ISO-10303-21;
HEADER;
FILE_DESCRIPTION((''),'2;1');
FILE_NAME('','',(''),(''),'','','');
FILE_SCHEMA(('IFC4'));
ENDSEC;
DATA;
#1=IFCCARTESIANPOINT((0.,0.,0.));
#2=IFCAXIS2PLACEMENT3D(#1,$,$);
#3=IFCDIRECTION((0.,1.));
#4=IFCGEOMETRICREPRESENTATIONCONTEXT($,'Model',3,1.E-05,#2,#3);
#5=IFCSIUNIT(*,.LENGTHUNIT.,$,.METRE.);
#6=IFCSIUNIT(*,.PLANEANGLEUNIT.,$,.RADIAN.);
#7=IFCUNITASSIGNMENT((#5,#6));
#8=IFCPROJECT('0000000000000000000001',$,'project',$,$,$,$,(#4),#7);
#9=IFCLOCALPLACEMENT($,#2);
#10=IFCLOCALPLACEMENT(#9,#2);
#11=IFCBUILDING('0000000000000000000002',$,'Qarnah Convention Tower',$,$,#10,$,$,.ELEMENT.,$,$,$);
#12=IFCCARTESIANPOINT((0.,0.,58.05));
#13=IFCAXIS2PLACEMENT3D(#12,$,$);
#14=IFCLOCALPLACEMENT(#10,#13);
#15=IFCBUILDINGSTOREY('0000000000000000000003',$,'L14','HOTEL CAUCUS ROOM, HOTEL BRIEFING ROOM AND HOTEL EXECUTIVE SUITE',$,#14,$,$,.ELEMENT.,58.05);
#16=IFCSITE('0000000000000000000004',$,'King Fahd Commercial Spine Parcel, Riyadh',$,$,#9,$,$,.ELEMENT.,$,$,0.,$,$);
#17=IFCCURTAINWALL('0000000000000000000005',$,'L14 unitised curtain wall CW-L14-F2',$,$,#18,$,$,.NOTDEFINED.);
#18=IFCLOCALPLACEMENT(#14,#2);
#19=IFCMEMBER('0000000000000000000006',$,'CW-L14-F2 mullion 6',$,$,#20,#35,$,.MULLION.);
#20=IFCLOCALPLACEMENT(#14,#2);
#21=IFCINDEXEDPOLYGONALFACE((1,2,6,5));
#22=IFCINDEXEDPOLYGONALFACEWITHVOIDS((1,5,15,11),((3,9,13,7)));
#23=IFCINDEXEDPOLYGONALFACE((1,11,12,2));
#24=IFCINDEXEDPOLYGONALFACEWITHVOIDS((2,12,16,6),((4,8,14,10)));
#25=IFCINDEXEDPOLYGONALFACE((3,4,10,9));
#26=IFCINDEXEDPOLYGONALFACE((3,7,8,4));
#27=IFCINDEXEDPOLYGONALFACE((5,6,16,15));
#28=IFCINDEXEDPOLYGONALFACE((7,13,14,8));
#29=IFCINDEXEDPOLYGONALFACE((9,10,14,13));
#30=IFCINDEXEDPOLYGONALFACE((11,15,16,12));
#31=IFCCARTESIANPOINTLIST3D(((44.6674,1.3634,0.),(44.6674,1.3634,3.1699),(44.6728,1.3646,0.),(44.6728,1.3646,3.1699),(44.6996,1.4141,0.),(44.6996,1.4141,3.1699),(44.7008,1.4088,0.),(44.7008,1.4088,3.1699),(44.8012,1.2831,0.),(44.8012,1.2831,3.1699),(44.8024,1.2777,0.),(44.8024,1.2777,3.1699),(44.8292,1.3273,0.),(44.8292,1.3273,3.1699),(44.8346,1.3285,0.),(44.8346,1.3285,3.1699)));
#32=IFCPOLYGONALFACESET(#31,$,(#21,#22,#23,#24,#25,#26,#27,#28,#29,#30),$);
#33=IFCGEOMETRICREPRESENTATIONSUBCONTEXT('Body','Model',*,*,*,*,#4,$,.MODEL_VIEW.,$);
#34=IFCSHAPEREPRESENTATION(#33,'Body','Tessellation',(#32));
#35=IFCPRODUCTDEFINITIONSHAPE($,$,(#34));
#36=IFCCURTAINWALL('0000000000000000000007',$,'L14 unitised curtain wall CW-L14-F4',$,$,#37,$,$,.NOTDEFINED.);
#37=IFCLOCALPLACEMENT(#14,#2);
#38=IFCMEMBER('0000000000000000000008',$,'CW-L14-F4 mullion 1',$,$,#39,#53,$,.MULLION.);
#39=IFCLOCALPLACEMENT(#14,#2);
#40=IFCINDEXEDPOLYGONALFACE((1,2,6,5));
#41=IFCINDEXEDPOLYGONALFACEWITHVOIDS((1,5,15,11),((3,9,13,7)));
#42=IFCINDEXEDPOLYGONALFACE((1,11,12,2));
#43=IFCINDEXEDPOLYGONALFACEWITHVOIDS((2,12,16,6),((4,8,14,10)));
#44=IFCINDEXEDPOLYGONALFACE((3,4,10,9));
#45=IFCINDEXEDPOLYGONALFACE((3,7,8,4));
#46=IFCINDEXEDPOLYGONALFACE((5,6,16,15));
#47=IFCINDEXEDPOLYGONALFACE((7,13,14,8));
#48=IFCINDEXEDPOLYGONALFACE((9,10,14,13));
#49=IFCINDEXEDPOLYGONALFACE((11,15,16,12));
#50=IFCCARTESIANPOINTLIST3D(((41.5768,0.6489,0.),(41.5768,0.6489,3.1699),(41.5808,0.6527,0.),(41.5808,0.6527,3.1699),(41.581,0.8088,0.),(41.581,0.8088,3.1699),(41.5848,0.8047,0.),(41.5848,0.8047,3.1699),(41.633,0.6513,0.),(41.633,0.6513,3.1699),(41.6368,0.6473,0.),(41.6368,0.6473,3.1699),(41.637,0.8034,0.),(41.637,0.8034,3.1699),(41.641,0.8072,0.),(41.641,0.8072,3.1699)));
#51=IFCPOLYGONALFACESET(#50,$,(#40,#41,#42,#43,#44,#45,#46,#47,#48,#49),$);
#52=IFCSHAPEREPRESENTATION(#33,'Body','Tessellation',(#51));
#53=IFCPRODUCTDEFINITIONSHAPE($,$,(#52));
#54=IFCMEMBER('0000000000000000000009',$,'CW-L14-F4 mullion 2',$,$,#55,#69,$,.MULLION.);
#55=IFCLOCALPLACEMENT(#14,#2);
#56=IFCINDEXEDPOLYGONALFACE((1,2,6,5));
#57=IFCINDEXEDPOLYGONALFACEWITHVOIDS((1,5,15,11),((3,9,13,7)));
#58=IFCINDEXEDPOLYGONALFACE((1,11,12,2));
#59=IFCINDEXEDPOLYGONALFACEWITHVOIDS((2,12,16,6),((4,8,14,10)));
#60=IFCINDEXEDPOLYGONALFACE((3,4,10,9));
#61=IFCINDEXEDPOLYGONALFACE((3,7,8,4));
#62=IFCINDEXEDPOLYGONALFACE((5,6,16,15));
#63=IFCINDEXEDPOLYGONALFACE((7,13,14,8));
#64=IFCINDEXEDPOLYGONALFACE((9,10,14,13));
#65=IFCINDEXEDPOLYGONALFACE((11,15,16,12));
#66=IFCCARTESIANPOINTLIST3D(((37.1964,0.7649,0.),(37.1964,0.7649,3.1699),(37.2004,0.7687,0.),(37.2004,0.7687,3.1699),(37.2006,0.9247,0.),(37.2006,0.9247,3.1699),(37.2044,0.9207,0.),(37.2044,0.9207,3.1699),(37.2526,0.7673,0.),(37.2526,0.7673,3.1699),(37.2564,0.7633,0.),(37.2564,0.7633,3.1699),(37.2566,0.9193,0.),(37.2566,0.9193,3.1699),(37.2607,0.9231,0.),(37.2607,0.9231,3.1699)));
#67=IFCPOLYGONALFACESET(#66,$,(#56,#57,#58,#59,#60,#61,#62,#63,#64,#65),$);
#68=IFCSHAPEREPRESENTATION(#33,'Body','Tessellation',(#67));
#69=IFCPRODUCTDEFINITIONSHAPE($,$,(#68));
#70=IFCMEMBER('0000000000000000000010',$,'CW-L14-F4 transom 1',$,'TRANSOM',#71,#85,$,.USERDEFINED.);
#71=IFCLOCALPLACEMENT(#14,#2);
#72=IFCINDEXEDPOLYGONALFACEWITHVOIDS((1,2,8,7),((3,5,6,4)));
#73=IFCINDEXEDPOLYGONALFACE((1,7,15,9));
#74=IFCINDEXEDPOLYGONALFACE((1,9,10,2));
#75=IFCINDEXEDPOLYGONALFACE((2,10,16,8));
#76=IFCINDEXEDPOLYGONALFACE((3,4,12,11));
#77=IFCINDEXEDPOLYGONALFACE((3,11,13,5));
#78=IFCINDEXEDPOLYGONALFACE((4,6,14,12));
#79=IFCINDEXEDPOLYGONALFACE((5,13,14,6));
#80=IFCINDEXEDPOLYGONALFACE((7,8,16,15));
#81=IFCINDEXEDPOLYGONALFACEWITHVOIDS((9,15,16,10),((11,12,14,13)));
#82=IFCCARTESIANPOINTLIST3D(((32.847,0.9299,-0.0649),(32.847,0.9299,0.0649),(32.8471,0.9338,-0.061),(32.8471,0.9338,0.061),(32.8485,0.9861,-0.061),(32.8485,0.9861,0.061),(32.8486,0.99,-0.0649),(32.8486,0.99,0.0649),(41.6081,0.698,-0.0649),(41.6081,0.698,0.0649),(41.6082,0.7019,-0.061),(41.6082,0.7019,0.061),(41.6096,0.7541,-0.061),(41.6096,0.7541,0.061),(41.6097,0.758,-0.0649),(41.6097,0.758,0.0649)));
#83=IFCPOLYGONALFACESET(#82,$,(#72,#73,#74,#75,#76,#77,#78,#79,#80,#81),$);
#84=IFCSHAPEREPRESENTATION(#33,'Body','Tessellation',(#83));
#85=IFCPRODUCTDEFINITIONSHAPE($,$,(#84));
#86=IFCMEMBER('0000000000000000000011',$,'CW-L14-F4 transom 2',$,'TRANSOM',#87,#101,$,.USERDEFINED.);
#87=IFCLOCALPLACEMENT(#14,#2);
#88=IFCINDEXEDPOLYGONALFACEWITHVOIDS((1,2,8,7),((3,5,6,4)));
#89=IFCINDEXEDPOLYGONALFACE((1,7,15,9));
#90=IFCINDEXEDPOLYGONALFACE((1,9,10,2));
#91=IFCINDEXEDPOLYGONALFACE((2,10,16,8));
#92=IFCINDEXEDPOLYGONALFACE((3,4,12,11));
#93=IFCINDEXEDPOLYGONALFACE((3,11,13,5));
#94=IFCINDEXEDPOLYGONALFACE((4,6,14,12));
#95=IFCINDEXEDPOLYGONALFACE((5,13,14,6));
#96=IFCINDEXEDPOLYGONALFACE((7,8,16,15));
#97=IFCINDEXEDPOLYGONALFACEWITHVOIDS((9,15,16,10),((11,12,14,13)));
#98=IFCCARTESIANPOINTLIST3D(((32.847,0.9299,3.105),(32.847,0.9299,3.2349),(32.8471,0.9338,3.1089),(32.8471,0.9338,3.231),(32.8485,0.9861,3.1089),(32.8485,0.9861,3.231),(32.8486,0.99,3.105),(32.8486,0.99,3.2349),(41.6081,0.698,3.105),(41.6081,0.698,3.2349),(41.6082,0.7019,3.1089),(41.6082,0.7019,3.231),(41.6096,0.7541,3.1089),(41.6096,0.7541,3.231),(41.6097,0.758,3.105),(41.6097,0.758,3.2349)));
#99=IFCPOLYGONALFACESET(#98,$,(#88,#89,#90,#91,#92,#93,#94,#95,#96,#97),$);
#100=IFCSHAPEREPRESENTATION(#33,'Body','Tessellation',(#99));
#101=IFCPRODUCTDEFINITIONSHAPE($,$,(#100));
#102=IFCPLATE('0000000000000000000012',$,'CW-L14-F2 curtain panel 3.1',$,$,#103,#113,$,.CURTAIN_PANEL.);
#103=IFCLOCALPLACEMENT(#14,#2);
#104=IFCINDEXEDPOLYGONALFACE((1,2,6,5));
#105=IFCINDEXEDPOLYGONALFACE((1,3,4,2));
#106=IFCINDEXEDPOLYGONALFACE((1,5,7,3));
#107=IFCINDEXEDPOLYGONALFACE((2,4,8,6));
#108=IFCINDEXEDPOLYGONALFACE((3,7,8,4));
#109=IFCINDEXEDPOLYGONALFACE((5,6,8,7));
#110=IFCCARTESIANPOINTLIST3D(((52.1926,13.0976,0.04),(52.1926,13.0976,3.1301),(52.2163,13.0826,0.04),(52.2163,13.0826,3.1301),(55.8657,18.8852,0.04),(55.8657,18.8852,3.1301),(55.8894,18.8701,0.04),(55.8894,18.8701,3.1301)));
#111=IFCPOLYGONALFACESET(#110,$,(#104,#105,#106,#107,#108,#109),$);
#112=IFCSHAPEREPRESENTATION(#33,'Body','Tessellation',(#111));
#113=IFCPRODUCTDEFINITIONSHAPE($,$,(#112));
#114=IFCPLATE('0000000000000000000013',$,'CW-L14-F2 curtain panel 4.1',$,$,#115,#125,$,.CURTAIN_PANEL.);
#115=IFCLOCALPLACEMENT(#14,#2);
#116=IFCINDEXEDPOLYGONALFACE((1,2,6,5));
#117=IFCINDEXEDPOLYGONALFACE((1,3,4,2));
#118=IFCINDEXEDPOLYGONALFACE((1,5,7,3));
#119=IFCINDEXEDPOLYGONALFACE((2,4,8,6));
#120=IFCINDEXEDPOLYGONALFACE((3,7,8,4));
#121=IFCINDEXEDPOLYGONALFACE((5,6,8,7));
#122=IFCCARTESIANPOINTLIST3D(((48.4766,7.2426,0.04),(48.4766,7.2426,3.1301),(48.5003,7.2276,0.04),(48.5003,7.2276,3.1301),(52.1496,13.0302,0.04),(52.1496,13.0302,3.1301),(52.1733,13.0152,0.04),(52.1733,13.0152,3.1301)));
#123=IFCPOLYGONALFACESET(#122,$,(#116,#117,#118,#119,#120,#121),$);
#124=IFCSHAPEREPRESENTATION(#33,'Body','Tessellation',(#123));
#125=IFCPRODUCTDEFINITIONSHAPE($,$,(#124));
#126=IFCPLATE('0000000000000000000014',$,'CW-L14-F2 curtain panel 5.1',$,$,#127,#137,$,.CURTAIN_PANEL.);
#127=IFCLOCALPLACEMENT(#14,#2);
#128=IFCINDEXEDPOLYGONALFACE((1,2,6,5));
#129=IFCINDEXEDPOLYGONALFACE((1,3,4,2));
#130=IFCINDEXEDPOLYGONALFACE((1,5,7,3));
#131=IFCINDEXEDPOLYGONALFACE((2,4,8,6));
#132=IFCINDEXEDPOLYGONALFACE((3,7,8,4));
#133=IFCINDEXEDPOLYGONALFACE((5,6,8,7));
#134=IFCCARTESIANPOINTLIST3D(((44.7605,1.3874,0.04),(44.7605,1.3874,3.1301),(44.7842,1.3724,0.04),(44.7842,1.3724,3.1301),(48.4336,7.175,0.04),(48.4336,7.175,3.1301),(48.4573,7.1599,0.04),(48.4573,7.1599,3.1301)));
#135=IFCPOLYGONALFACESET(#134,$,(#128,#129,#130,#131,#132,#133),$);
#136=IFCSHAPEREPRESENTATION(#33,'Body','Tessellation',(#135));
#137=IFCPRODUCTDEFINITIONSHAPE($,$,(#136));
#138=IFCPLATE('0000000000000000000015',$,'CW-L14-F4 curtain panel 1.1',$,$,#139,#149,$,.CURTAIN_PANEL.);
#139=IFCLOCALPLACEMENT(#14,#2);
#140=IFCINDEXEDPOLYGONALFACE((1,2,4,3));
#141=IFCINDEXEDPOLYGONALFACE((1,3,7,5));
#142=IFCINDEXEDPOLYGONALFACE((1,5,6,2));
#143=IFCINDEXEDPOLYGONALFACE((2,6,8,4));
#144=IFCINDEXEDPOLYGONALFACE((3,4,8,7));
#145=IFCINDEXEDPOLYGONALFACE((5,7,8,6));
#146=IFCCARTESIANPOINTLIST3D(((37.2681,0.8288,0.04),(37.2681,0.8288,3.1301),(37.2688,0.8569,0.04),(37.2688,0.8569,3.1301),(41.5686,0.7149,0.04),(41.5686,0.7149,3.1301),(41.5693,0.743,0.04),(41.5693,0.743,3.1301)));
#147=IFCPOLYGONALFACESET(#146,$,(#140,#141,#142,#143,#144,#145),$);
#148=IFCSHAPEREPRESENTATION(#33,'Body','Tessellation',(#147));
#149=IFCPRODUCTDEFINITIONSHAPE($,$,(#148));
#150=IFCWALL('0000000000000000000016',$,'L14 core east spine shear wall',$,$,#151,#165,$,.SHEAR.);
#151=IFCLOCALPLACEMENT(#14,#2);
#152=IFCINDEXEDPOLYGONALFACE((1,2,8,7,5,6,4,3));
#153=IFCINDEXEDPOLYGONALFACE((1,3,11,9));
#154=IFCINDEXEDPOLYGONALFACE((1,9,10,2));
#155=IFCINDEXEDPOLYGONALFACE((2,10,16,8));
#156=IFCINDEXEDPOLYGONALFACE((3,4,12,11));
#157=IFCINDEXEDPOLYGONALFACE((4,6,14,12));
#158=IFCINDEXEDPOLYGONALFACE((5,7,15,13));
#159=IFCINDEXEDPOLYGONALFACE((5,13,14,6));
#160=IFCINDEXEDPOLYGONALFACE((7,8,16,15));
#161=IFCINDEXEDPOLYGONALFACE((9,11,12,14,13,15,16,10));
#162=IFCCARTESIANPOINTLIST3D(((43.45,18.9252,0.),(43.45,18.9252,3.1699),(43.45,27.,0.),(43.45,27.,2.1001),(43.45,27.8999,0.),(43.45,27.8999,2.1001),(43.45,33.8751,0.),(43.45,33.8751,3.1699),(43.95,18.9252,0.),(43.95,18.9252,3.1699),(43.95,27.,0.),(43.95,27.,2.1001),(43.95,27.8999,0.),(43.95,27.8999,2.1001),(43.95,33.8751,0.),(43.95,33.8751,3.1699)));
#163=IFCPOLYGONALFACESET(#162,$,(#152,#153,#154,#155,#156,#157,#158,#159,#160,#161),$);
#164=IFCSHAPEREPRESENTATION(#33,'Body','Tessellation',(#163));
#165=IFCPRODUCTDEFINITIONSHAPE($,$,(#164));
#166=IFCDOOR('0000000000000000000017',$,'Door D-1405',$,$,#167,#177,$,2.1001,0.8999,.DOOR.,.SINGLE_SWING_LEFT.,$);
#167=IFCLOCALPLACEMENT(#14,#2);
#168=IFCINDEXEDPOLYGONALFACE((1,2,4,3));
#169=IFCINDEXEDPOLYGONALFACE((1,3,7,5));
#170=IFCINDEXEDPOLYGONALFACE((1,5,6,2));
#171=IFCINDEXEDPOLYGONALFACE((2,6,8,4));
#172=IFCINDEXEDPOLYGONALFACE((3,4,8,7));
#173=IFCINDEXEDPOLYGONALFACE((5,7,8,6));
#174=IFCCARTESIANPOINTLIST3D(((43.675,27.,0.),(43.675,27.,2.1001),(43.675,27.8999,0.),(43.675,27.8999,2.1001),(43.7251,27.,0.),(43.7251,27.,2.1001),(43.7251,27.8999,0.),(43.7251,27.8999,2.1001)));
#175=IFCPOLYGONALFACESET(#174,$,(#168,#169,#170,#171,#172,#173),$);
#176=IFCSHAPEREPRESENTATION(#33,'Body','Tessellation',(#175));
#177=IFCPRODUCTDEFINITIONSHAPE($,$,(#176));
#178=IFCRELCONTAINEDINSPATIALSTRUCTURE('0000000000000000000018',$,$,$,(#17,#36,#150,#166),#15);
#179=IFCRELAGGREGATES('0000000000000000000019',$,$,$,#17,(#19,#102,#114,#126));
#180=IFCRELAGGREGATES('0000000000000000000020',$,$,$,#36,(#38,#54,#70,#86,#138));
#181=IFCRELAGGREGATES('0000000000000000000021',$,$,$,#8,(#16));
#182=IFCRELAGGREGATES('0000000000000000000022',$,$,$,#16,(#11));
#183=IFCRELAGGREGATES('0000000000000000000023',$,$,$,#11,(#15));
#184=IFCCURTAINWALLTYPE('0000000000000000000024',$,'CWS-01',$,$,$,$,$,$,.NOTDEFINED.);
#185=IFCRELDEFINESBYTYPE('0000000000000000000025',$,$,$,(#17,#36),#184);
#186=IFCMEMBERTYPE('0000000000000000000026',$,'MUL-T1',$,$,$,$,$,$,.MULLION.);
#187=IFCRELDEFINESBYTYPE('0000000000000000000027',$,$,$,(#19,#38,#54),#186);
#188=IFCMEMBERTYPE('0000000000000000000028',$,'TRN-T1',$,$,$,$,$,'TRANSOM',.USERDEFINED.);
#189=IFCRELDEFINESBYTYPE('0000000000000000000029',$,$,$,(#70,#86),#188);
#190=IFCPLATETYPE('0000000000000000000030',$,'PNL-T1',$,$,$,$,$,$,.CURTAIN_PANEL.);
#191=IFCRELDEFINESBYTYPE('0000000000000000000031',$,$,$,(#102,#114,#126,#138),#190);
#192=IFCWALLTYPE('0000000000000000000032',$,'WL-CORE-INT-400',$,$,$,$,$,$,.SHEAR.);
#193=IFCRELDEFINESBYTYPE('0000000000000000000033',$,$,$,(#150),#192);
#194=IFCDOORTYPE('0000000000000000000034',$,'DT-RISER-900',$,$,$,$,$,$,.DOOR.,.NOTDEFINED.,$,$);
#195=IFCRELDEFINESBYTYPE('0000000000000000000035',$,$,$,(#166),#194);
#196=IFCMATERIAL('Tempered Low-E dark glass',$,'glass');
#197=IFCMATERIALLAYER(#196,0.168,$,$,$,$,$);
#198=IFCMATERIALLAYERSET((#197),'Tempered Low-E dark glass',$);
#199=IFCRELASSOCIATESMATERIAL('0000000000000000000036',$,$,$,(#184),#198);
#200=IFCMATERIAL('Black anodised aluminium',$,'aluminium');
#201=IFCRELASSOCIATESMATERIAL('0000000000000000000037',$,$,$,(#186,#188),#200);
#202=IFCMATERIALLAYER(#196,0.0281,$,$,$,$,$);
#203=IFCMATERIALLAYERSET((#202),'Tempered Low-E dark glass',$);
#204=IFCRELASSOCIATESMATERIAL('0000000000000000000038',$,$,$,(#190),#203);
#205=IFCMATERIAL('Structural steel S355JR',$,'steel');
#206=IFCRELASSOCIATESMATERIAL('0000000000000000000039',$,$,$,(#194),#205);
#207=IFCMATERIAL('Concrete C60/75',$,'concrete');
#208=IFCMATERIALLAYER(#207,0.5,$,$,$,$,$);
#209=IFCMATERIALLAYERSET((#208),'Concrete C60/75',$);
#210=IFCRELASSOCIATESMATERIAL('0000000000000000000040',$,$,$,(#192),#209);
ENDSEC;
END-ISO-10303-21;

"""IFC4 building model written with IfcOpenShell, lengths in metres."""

from ifc_helpers import new_model, si_unit, direction, frame, frame_2d, origin, origin_2d, place, context, subcontext, project, spatial, rectangle, hollow_rectangle, extrude, material, layer, layer_set, material_profile, profile_set, type_object, element, fill, aggregate, save


model = new_model("IFC4")

# Units and contexts
model_context = context("Model", 3, precision=1e-05, world=origin(), true_north=direction((0.0, 1.0)))
body_context = subcontext(model_context, "Body", "Model", "MODEL_VIEW")
ifc_project = project(units=[si_unit("LENGTHUNIT", "METRE"), si_unit("PLANEANGLEUNIT", "RADIAN")], contexts=[model_context])

# Site, building, storey
site_placement = place(None, origin())
site = spatial("IfcSite", under=ifc_project, at=site_placement, Name="King Fahd Commercial Spine Parcel, Riyadh", CompositionType="ELEMENT", RefElevation=0.0)
building_placement = place(site_placement, origin())
building = spatial("IfcBuilding", under=site, at=building_placement, Name="Qarnah Convention Tower", CompositionType="ELEMENT")
storey_placement = place(building_placement, frame((0.0, 0.0, 58.05)))
storey = spatial("IfcBuildingStorey", under=building, at=storey_placement, Name="L14", Description="HOTEL CAUCUS ROOM, HOTEL BRIEFING ROOM AND HOTEL EXECUTIVE SUITE", CompositionType="ELEMENT", Elevation=58.05)

# Shared definitions
ifc_material_1 = material(Name="Concrete C60/75", Category="concrete")
ifc_material_2 = material(Name="Structural steel S355JR", Category="steel")

# Curtain walls, members
ifc_material_3 = material(Name="Tempered Low-E dark glass", Category="glass")
ifc_layer_1 = layer(ifc_material_3, 0.168)
ifc_layer_set_1 = layer_set([ifc_layer_1], Name="Tempered Low-E dark glass")
curtain_wall_type = type_object("IfcCurtainWallType", Name="CWS-01", PredefinedType="NOTDEFINED", material=ifc_layer_set_1)
curtain_wall_1_placement = place(storey_placement, origin())
curtain_wall_1 = element("IfcCurtainWall", 1, at=curtain_wall_1_placement, inside=storey, type_object=curtain_wall_type, Name="L14 unitised curtain wall CW-L14-F2", PredefinedType="NOTDEFINED")
ifc_material_4 = material(Name="Black anodised aluminium", Category="aluminium")
ifc_material_profile_1 = material_profile(ifc_material_4, hollow_rectangle(XDim=0.0601, YDim=0.1599, WallThickness=0.0039, at=origin_2d()), Name="MUL-60X160")
ifc_profile_set_1 = profile_set([ifc_material_profile_1], Name="Black anodised aluminium")
member_type_1 = type_object("IfcMemberType", Name="MUL-T1", PredefinedType="MULLION", material=ifc_profile_set_1)
member_1_placement = place(storey_placement, frame((44.751, 1.3459, 0.0), z_axis=(0.0, 0.0, 1.0), x_axis=(-0.535845, -0.844316, 0.0)))
member_1 = element("IfcMember", 2, at=member_1_placement, type_object=member_type_1, Name="CW-L14-F2 mullion 6", PredefinedType="MULLION", context=body_context, shape_type="SweptSolid", body=[
    extrude(hollow_rectangle(XDim=0.0601, YDim=0.1599, WallThickness=0.0039, at=origin_2d()), origin(), (0.0, 0.0, 1.0), 3.1699),
])
curtain_wall_2_placement = place(storey_placement, origin())
curtain_wall_2 = element("IfcCurtainWall", 3, at=curtain_wall_2_placement, inside=storey, type_object=curtain_wall_type, Name="L14 unitised curtain wall CW-L14-F4", PredefinedType="NOTDEFINED")
member_2_placement = place(storey_placement, frame((41.6089, 0.728, 0.0), z_axis=(0.0, 0.0, 1.0), x_axis=(-0.99965, 0.026472, 0.0)))
member_2 = element("IfcMember", 4, at=member_2_placement, type_object=member_type_1, Name="CW-L14-F4 mullion 1", PredefinedType="MULLION", context=body_context, shape_type="SweptSolid", body=[
    extrude(hollow_rectangle(XDim=0.0601, YDim=0.1599, WallThickness=0.0039, at=origin_2d()), origin(), (0.0, 0.0, 1.0), 3.1699),
])
member_3_placement = place(storey_placement, frame((37.2285, 0.844, 0.0), z_axis=(0.0, 0.0, 1.0), x_axis=(-0.99965, 0.026472, 0.0)))
member_3 = element("IfcMember", 5, at=member_3_placement, type_object=member_type_1, Name="CW-L14-F4 mullion 2", PredefinedType="MULLION", context=body_context, shape_type="SweptSolid", body=[
    extrude(hollow_rectangle(XDim=0.0601, YDim=0.1599, WallThickness=0.0039, at=origin_2d()), origin(), (0.0, 0.0, 1.0), 3.1699),
])
ifc_material_profile_2 = material_profile(ifc_material_4, hollow_rectangle(XDim=0.0601, YDim=0.1299, WallThickness=0.0039, at=origin_2d()), Name="TRN-60X130")
ifc_profile_set_2 = profile_set([ifc_material_profile_2], Name="Black anodised aluminium")
member_type_2 = type_object("IfcMemberType", Name="TRN-T1", ElementType="TRANSOM", PredefinedType="USERDEFINED", material=ifc_profile_set_2)
member_4_placement = place(storey_placement, frame((41.6089, 0.728, 0.0), z_axis=(-0.99965, 0.026464, 0.0), x_axis=(-0.026464, -0.99965, 0.0)))
member_4 = element("IfcMember", 6, at=member_4_placement, type_object=member_type_2, Name="CW-L14-F4 transom 1", ObjectType="TRANSOM", PredefinedType="USERDEFINED", context=body_context, shape_type="SweptSolid", body=[
    extrude(hollow_rectangle(XDim=0.0601, YDim=0.1299, WallThickness=0.0039, at=origin_2d()), origin(), (0.0, 0.0, 1.0), 8.7642),
])
member_5_placement = place(storey_placement, frame((41.6089, 0.728, 3.1699), z_axis=(-0.99965, 0.026464, 0.0), x_axis=(-0.026464, -0.99965, 0.0)))
member_5 = element("IfcMember", 7, at=member_5_placement, type_object=member_type_2, Name="CW-L14-F4 transom 2", ObjectType="TRANSOM", PredefinedType="USERDEFINED", context=body_context, shape_type="SweptSolid", body=[
    extrude(hollow_rectangle(XDim=0.0601, YDim=0.1299, WallThickness=0.0039, at=origin_2d()), origin(), (0.0, 0.0, 1.0), 8.7642),
])

# Plates
ifc_layer_2 = layer(ifc_material_3, 0.0281)
ifc_layer_set_2 = layer_set([ifc_layer_2], Name="Tempered Low-E dark glass")
plate_type = type_object("IfcPlateType", Name="PNL-T1", PredefinedType="CURTAIN_PANEL", material=ifc_layer_set_2)
plate_1_placement = place(storey_placement, frame((54.041, 15.9839, 0.04), z_axis=(0.0, 0.0, 1.0), x_axis=(-0.535845, -0.844316, 0.0)))
plate_1 = element("IfcPlate", 8, at=plate_1_placement, type_object=plate_type, Name="CW-L14-F2 curtain panel 3.1", PredefinedType="CURTAIN_PANEL", context=body_context, shape_type="SweptSolid", body=[
    extrude(rectangle(XDim=6.8547, YDim=0.0281, at=origin_2d()), origin(), (0.0, 0.0, 1.0), 3.0901),
])
plate_2_placement = place(storey_placement, frame((50.325, 10.1289, 0.04), z_axis=(0.0, 0.0, 1.0), x_axis=(-0.535845, -0.844316, 0.0)))
plate_2 = element("IfcPlate", 9, at=plate_2_placement, type_object=plate_type, Name="CW-L14-F2 curtain panel 4.1", PredefinedType="CURTAIN_PANEL", context=body_context, shape_type="SweptSolid", body=[
    extrude(rectangle(XDim=6.8547, YDim=0.0281, at=origin_2d()), origin(), (0.0, 0.0, 1.0), 3.0901),
])
plate_3_placement = place(storey_placement, frame((46.6089, 4.2737, 0.04), z_axis=(0.0, 0.0, 1.0), x_axis=(-0.535845, -0.844316, 0.0)))
plate_3 = element("IfcPlate", 10, at=plate_3_placement, type_object=plate_type, Name="CW-L14-F2 curtain panel 5.1", PredefinedType="CURTAIN_PANEL", context=body_context, shape_type="SweptSolid", body=[
    extrude(rectangle(XDim=6.8547, YDim=0.0281, at=origin_2d()), origin(), (0.0, 0.0, 1.0), 3.0901),
])
aggregate(curtain_wall_1, [member_1, plate_1, plate_2, plate_3])
plate_4_placement = place(storey_placement, frame((39.4187, 0.7859, 0.04), z_axis=(0.0, 0.0, 1.0), x_axis=(-0.99965, 0.026472, 0.0)))
plate_4 = element("IfcPlate", 11, at=plate_4_placement, type_object=plate_type, Name="CW-L14-F4 curtain panel 1.1", PredefinedType="CURTAIN_PANEL", context=body_context, shape_type="SweptSolid", body=[
    extrude(rectangle(XDim=4.302, YDim=0.0281, at=origin_2d()), origin(), (0.0, 0.0, 1.0), 3.0901),
])
aggregate(curtain_wall_2, [member_2, member_3, member_4, member_5, plate_4])

# Shared definitions
door_type_1 = type_object("IfcDoorType", Name="DT-RISER-900", OperationType="NOTDEFINED", PredefinedType="DOOR", material=ifc_material_2)

# Wall, opening, door
ifc_layer_3 = layer(ifc_material_1, 0.5)
ifc_layer_set_3 = layer_set([ifc_layer_3], Name="Concrete C60/75")
wall_type_1 = type_object("IfcWallType", Name="WL-CORE-INT-400", PredefinedType="SHEAR", material=ifc_layer_set_3)
wall_1_placement = place(storey_placement, frame((43.7, 18.925, 0.0), z_axis=(0.0, 0.0, 1.0), x_axis=(0.0, 1.0, 0.0)))
wall_1 = element("IfcWall", 12, at=wall_1_placement, inside=storey, type_object=wall_type_1, Name="L14 core east spine shear wall", PredefinedType="SHEAR", context=body_context, shape_type="SweptSolid", body=[
    extrude(rectangle(XDim=14.95, YDim=0.5, at=frame_2d((7.4751, 0.0))), origin(), (0.0, 0.0, 1.0), 3.1699),
])
opening_1_placement = place(wall_1_placement, frame((8.075, 0.0, 0.0)))
opening_1 = element("IfcOpeningElement", 13, at=opening_1_placement, cuts=wall_1, PredefinedType="OPENING", context=body_context, shape_type="SweptSolid", body=[
    extrude(rectangle(XDim=0.8999, YDim=2.1001, at=frame_2d((0.45, 1.05))), frame((0.0, 0.26, 0.0), z_axis=(0.0, -1.0, 0.0), x_axis=(1.0, 0.0, 0.0)), (0.0, 0.0, 1.0), 0.52),
])
door_1_placement = place(opening_1_placement, origin())
door_1 = element("IfcDoor", 14, at=door_1_placement, inside=storey, type_object=door_type_1, Name="Door D-1405", OperationType="SINGLE_SWING_LEFT", OverallHeight=2.1001, OverallWidth=0.8999, PredefinedType="DOOR", context=body_context, shape_type="SweptSolid", body=[
    extrude(rectangle(XDim=0.8999, YDim=2.1001, at=frame_2d((0.45, 1.05))), frame((0.0, 0.0249, 0.0), z_axis=(0.0, -1.0, 0.0), x_axis=(1.0, 0.0, 0.0)), (0.0, 0.0, 1.0), 0.05),
])
fill(opening_1, door_1)

save(model, "model.ifc")
